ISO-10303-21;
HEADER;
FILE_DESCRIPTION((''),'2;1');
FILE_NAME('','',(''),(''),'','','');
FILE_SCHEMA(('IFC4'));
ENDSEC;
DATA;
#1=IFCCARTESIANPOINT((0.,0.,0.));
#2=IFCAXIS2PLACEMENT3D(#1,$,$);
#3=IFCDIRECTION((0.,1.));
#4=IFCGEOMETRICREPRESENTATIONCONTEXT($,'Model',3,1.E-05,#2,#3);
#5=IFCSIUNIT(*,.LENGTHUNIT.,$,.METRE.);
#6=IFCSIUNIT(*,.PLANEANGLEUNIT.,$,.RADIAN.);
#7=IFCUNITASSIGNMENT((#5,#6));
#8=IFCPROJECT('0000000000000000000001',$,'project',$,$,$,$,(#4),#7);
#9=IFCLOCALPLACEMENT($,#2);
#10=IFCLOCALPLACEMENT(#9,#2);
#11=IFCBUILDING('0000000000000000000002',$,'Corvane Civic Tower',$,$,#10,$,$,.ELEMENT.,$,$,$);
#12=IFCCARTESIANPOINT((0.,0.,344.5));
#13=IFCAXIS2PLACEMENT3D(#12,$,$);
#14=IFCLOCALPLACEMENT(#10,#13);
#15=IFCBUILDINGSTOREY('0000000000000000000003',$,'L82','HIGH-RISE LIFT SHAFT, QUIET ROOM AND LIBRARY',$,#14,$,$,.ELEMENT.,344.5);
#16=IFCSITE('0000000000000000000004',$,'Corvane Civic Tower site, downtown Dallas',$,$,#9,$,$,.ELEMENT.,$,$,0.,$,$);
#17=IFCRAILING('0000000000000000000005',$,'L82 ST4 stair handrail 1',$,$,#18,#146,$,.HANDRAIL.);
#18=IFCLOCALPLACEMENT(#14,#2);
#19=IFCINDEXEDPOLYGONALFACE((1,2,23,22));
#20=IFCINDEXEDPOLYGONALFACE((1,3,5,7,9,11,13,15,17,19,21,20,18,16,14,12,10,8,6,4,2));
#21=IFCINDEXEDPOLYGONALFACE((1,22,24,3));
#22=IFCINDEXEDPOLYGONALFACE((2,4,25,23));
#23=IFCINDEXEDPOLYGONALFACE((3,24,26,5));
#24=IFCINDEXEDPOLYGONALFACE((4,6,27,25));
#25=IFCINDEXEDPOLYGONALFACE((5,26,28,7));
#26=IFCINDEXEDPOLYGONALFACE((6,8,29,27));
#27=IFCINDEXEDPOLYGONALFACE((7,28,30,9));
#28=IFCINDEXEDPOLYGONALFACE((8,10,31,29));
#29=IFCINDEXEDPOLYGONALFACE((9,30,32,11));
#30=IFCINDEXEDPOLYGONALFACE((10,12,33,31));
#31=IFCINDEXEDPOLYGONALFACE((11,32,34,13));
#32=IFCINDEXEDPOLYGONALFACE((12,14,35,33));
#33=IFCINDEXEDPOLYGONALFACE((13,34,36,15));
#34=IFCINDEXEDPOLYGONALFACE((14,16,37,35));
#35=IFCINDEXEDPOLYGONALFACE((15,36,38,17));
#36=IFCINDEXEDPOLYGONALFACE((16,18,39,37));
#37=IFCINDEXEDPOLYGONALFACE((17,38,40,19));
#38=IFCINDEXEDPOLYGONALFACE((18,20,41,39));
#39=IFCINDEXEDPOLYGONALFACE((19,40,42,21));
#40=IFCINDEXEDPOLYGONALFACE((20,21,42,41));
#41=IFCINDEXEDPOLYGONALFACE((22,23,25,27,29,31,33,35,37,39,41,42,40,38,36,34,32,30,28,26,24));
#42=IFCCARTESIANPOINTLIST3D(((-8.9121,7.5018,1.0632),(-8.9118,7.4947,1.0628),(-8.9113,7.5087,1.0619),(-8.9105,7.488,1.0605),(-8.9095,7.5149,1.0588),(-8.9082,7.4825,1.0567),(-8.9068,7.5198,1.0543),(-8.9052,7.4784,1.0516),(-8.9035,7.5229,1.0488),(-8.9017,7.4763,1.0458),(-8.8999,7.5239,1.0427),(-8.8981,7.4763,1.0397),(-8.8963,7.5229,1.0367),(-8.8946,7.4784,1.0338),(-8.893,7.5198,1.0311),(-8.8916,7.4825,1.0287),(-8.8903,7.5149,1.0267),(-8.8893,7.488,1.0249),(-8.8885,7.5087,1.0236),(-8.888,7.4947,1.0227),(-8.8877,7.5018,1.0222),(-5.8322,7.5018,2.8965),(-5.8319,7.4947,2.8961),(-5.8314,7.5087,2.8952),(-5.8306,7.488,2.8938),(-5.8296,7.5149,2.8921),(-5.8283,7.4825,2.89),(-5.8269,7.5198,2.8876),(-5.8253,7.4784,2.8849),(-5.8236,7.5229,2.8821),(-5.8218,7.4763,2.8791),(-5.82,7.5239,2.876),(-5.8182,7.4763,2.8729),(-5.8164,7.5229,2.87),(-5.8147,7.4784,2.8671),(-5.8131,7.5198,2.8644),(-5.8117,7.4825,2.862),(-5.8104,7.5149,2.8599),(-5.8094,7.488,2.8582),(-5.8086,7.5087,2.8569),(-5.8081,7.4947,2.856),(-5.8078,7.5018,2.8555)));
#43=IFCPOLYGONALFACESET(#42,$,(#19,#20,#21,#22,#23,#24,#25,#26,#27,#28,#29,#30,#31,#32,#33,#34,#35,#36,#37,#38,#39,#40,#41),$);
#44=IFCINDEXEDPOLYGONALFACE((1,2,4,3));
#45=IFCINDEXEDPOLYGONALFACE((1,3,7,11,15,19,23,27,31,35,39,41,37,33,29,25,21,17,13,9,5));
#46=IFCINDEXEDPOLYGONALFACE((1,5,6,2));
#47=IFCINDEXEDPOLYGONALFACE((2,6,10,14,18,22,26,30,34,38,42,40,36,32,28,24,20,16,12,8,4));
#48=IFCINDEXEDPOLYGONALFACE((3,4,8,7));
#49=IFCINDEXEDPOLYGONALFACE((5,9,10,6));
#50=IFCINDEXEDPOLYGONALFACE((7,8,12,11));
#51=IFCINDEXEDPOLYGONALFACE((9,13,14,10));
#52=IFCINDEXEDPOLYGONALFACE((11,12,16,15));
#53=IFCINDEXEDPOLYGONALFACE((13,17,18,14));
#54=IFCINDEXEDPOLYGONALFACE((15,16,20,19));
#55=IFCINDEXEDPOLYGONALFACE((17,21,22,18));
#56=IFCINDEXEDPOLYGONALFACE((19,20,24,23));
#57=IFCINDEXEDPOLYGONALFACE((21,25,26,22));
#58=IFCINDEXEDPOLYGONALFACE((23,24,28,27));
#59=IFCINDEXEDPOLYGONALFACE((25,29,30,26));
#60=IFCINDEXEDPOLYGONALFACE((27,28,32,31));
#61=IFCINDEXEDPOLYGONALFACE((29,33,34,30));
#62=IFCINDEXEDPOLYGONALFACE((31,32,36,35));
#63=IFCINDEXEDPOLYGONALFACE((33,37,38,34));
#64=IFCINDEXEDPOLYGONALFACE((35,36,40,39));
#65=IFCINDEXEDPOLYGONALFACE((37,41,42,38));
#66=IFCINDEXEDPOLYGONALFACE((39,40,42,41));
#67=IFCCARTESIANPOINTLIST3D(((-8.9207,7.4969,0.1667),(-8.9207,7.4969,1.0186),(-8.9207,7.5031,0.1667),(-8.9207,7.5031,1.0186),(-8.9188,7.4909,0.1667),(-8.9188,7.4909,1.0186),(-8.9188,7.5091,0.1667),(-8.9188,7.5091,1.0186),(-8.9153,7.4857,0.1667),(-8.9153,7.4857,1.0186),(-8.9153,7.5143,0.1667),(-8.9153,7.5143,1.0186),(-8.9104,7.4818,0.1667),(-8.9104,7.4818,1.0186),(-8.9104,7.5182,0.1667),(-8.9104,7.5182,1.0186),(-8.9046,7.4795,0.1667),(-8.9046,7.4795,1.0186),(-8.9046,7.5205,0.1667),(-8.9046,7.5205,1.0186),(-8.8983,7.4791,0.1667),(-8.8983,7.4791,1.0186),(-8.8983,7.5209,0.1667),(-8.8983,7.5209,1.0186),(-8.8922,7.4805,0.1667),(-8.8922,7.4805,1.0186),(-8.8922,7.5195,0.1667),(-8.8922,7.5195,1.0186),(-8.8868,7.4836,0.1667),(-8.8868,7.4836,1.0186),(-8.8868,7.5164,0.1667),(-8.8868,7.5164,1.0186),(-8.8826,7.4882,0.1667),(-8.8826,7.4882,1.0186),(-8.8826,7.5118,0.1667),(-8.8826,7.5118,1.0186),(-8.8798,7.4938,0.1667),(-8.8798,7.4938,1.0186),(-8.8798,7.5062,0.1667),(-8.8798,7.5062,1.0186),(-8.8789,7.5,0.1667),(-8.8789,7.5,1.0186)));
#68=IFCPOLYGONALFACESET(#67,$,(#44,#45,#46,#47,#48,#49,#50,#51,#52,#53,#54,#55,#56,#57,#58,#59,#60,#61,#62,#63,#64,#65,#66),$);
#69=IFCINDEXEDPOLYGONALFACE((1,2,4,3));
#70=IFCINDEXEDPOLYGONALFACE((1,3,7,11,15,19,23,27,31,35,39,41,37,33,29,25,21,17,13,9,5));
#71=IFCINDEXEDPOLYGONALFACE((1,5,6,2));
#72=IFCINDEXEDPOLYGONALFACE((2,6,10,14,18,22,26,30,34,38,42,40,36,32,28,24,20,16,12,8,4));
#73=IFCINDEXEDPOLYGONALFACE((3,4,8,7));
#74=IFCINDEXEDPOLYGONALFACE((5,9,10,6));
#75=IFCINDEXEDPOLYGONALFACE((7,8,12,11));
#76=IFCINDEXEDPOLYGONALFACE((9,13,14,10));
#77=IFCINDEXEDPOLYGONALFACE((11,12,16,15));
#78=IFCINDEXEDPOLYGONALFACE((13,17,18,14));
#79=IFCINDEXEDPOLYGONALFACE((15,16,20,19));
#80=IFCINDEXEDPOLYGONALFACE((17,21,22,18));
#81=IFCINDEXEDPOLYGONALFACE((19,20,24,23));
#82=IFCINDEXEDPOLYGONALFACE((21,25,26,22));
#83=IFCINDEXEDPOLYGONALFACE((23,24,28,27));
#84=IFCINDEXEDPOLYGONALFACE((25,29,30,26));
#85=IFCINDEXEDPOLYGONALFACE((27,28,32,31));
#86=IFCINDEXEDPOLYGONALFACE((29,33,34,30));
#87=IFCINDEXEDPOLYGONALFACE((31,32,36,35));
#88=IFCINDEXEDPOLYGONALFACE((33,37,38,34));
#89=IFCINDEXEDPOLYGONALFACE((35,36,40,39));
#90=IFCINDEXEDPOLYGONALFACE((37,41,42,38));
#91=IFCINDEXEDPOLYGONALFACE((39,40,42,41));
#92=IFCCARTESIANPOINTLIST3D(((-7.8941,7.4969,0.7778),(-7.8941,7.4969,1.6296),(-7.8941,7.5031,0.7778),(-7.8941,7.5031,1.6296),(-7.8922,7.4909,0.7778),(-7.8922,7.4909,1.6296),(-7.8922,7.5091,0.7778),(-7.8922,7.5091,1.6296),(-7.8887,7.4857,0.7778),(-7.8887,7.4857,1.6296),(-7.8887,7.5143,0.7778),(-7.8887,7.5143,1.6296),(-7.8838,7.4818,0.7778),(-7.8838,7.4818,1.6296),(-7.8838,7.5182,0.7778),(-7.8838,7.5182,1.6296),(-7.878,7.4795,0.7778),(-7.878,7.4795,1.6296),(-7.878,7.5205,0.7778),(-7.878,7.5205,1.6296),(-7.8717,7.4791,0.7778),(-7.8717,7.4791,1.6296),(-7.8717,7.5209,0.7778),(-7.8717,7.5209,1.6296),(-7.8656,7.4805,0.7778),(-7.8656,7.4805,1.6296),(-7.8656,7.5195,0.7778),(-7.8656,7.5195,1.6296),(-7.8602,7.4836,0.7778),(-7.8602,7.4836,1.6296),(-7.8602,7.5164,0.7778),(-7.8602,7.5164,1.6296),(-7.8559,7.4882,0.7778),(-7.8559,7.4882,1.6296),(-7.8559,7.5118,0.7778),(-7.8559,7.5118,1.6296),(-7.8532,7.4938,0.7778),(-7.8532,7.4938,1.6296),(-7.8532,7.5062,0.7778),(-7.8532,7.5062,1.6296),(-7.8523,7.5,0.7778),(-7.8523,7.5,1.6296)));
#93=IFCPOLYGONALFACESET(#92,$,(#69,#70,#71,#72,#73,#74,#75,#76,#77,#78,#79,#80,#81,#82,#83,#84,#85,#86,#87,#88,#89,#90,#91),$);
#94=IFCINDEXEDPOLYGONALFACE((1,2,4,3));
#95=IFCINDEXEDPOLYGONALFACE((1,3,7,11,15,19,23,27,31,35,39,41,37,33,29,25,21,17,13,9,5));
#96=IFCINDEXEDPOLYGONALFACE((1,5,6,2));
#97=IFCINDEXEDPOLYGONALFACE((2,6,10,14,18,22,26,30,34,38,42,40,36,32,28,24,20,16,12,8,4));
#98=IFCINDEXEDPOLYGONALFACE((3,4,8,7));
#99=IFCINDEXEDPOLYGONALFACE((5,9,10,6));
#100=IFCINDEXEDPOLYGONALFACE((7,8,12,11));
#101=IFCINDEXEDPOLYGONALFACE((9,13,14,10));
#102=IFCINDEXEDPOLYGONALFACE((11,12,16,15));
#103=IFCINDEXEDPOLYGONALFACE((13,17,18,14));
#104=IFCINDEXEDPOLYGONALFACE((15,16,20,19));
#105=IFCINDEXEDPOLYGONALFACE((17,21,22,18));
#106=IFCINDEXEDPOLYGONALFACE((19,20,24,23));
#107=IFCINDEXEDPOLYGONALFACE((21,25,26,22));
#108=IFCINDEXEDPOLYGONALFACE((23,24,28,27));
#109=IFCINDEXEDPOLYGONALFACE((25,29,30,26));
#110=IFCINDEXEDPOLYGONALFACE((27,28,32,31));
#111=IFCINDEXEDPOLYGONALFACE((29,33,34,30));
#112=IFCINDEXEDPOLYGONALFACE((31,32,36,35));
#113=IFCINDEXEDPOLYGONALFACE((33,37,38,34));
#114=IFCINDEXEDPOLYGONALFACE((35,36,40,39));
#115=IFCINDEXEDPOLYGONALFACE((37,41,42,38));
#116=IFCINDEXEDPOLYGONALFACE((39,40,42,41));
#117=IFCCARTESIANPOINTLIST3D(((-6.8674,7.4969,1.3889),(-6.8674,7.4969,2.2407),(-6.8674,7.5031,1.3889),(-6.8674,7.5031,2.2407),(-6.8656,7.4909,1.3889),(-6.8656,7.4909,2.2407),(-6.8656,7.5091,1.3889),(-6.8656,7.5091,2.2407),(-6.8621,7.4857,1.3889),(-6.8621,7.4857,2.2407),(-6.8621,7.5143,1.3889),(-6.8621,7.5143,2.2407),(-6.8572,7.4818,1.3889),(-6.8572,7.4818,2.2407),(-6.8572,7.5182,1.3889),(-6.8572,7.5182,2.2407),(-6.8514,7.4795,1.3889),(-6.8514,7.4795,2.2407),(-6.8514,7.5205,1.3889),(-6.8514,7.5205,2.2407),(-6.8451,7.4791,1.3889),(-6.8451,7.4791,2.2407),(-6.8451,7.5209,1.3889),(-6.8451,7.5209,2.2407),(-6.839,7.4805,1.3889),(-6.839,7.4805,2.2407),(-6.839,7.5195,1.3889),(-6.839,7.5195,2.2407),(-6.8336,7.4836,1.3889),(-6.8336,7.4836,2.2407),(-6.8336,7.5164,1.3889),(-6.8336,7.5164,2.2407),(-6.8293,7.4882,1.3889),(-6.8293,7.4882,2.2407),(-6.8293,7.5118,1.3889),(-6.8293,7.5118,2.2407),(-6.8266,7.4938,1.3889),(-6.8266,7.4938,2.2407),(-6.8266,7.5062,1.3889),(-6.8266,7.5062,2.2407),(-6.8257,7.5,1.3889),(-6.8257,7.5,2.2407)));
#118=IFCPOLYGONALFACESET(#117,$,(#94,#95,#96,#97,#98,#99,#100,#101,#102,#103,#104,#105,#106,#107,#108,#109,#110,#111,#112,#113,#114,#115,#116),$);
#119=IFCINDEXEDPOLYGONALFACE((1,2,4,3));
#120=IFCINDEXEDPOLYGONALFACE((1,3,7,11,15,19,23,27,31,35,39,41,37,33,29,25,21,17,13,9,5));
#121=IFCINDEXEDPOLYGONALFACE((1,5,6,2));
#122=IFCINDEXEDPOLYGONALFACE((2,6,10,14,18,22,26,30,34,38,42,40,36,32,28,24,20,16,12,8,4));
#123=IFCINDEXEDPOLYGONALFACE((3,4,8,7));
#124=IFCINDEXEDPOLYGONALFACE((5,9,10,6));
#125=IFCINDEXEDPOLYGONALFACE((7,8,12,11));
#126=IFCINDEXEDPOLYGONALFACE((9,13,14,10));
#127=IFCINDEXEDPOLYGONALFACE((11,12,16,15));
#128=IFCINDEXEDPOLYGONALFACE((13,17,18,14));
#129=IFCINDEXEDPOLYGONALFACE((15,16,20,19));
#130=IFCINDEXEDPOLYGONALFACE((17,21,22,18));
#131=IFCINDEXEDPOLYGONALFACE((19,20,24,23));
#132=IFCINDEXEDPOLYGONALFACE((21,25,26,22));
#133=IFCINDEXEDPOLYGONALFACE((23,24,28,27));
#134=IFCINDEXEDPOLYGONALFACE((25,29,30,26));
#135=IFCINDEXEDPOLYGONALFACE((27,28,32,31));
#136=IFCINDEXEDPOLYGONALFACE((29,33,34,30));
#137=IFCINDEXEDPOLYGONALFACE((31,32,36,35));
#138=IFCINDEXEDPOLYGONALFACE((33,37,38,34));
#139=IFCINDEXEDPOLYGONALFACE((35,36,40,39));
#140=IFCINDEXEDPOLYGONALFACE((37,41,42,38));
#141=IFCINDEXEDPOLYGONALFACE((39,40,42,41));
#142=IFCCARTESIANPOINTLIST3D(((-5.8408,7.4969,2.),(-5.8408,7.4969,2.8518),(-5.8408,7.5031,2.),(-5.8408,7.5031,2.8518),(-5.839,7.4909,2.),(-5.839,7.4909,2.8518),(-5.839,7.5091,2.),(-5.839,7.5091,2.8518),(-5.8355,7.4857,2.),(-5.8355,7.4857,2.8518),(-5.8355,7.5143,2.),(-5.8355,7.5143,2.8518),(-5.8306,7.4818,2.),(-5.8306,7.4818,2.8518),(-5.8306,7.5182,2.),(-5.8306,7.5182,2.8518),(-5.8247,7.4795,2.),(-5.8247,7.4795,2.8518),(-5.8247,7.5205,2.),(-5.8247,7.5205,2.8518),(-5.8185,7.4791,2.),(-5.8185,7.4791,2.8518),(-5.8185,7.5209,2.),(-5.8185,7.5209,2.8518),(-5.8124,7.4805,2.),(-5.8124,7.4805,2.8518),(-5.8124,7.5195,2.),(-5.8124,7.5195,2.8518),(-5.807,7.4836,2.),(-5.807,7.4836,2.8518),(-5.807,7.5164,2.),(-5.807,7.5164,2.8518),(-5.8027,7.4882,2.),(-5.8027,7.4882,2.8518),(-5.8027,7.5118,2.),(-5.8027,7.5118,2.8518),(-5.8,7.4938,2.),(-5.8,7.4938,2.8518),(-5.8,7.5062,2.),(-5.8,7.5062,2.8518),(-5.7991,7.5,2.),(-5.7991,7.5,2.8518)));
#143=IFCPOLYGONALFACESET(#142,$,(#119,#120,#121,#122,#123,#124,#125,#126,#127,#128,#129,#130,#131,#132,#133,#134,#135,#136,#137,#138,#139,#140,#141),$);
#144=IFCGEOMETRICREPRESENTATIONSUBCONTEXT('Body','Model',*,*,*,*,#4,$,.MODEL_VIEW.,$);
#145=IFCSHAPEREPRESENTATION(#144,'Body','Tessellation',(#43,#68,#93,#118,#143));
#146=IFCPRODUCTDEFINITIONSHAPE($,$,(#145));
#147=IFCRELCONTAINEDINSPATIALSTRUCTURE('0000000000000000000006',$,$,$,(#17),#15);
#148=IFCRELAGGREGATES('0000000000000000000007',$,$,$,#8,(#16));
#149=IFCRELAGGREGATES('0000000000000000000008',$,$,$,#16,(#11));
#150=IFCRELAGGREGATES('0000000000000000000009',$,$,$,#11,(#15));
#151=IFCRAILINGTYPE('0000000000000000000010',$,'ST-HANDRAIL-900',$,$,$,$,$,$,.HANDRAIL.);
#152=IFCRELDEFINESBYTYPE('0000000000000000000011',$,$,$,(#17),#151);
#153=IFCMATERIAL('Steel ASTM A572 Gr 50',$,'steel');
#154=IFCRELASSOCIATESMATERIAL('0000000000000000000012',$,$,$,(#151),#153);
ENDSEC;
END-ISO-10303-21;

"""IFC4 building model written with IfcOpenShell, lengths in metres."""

from ifc_helpers import new_model, si_unit, direction, frame, origin, origin_2d, place, context, subcontext, project, spatial, circle, extrude, material, type_object, element, save


model = new_model("IFC4")

# Units and contexts
model_context = context("Model", 3, precision=1e-05, world=origin(), true_north=direction((0.0, 1.0)))
body_context = subcontext(model_context, "Body", "Model", "MODEL_VIEW")
ifc_project = project(units=[si_unit("LENGTHUNIT", "METRE"), si_unit("PLANEANGLEUNIT", "RADIAN")], contexts=[model_context])

# Site, building, storey
site_placement = place(None, origin())
site = spatial("IfcSite", under=ifc_project, at=site_placement, Name="Corvane Civic Tower site, downtown Dallas", CompositionType="ELEMENT", RefElevation=0.0)
building_placement = place(site_placement, origin())
building = spatial("IfcBuilding", under=site, at=building_placement, Name="Corvane Civic Tower", CompositionType="ELEMENT")
storey_placement = place(building_placement, frame((0.0, 0.0, 344.5)))
storey = spatial("IfcBuildingStorey", under=building, at=storey_placement, Name="L82", Description="HIGH-RISE LIFT SHAFT, QUIET ROOM AND LIBRARY", CompositionType="ELEMENT", Elevation=344.5)

# Railing
ifc_material_1 = material(Name="Steel ASTM A572 Gr 50", Category="steel")
railing_type_1 = type_object("IfcRailingType", Name="ST-HANDRAIL-900", PredefinedType="HANDRAIL", material=ifc_material_1)
railing_1_placement = place(storey_placement, frame((-8.8999, 7.5, 0.1667)))
element("IfcRailing", 1, at=railing_1_placement, inside=storey, type_object=railing_type_1, Name="L82 ST4 stair handrail 1", PredefinedType="HANDRAIL", context=body_context, shape_type="SweptSolid", body=[
    extrude(circle(Radius=0.0239, at=origin_2d()), frame((0.0, 0.0, 0.876), z_axis=(0.859291, 0.0, 0.511487), x_axis=(0.0, 1.0, 0.0)), (0.0, 0.0, 1.0), 3.5842),
    extrude(circle(Radius=0.021, at=origin_2d()), origin(), (0.0, 0.0, 1.0), 0.8518),
    extrude(circle(Radius=0.021, at=origin_2d()), frame((1.0266, 0.0, 0.6111)), (0.0, 0.0, 1.0), 0.8518),
    extrude(circle(Radius=0.021, at=origin_2d()), frame((2.0532, 0.0, 1.2222)), (0.0, 0.0, 1.0), 0.8518),
    extrude(circle(Radius=0.021, at=origin_2d()), frame((3.0798, 0.0, 1.8333)), (0.0, 0.0, 1.0), 0.8518),
])

save(model, "model.ifc")
